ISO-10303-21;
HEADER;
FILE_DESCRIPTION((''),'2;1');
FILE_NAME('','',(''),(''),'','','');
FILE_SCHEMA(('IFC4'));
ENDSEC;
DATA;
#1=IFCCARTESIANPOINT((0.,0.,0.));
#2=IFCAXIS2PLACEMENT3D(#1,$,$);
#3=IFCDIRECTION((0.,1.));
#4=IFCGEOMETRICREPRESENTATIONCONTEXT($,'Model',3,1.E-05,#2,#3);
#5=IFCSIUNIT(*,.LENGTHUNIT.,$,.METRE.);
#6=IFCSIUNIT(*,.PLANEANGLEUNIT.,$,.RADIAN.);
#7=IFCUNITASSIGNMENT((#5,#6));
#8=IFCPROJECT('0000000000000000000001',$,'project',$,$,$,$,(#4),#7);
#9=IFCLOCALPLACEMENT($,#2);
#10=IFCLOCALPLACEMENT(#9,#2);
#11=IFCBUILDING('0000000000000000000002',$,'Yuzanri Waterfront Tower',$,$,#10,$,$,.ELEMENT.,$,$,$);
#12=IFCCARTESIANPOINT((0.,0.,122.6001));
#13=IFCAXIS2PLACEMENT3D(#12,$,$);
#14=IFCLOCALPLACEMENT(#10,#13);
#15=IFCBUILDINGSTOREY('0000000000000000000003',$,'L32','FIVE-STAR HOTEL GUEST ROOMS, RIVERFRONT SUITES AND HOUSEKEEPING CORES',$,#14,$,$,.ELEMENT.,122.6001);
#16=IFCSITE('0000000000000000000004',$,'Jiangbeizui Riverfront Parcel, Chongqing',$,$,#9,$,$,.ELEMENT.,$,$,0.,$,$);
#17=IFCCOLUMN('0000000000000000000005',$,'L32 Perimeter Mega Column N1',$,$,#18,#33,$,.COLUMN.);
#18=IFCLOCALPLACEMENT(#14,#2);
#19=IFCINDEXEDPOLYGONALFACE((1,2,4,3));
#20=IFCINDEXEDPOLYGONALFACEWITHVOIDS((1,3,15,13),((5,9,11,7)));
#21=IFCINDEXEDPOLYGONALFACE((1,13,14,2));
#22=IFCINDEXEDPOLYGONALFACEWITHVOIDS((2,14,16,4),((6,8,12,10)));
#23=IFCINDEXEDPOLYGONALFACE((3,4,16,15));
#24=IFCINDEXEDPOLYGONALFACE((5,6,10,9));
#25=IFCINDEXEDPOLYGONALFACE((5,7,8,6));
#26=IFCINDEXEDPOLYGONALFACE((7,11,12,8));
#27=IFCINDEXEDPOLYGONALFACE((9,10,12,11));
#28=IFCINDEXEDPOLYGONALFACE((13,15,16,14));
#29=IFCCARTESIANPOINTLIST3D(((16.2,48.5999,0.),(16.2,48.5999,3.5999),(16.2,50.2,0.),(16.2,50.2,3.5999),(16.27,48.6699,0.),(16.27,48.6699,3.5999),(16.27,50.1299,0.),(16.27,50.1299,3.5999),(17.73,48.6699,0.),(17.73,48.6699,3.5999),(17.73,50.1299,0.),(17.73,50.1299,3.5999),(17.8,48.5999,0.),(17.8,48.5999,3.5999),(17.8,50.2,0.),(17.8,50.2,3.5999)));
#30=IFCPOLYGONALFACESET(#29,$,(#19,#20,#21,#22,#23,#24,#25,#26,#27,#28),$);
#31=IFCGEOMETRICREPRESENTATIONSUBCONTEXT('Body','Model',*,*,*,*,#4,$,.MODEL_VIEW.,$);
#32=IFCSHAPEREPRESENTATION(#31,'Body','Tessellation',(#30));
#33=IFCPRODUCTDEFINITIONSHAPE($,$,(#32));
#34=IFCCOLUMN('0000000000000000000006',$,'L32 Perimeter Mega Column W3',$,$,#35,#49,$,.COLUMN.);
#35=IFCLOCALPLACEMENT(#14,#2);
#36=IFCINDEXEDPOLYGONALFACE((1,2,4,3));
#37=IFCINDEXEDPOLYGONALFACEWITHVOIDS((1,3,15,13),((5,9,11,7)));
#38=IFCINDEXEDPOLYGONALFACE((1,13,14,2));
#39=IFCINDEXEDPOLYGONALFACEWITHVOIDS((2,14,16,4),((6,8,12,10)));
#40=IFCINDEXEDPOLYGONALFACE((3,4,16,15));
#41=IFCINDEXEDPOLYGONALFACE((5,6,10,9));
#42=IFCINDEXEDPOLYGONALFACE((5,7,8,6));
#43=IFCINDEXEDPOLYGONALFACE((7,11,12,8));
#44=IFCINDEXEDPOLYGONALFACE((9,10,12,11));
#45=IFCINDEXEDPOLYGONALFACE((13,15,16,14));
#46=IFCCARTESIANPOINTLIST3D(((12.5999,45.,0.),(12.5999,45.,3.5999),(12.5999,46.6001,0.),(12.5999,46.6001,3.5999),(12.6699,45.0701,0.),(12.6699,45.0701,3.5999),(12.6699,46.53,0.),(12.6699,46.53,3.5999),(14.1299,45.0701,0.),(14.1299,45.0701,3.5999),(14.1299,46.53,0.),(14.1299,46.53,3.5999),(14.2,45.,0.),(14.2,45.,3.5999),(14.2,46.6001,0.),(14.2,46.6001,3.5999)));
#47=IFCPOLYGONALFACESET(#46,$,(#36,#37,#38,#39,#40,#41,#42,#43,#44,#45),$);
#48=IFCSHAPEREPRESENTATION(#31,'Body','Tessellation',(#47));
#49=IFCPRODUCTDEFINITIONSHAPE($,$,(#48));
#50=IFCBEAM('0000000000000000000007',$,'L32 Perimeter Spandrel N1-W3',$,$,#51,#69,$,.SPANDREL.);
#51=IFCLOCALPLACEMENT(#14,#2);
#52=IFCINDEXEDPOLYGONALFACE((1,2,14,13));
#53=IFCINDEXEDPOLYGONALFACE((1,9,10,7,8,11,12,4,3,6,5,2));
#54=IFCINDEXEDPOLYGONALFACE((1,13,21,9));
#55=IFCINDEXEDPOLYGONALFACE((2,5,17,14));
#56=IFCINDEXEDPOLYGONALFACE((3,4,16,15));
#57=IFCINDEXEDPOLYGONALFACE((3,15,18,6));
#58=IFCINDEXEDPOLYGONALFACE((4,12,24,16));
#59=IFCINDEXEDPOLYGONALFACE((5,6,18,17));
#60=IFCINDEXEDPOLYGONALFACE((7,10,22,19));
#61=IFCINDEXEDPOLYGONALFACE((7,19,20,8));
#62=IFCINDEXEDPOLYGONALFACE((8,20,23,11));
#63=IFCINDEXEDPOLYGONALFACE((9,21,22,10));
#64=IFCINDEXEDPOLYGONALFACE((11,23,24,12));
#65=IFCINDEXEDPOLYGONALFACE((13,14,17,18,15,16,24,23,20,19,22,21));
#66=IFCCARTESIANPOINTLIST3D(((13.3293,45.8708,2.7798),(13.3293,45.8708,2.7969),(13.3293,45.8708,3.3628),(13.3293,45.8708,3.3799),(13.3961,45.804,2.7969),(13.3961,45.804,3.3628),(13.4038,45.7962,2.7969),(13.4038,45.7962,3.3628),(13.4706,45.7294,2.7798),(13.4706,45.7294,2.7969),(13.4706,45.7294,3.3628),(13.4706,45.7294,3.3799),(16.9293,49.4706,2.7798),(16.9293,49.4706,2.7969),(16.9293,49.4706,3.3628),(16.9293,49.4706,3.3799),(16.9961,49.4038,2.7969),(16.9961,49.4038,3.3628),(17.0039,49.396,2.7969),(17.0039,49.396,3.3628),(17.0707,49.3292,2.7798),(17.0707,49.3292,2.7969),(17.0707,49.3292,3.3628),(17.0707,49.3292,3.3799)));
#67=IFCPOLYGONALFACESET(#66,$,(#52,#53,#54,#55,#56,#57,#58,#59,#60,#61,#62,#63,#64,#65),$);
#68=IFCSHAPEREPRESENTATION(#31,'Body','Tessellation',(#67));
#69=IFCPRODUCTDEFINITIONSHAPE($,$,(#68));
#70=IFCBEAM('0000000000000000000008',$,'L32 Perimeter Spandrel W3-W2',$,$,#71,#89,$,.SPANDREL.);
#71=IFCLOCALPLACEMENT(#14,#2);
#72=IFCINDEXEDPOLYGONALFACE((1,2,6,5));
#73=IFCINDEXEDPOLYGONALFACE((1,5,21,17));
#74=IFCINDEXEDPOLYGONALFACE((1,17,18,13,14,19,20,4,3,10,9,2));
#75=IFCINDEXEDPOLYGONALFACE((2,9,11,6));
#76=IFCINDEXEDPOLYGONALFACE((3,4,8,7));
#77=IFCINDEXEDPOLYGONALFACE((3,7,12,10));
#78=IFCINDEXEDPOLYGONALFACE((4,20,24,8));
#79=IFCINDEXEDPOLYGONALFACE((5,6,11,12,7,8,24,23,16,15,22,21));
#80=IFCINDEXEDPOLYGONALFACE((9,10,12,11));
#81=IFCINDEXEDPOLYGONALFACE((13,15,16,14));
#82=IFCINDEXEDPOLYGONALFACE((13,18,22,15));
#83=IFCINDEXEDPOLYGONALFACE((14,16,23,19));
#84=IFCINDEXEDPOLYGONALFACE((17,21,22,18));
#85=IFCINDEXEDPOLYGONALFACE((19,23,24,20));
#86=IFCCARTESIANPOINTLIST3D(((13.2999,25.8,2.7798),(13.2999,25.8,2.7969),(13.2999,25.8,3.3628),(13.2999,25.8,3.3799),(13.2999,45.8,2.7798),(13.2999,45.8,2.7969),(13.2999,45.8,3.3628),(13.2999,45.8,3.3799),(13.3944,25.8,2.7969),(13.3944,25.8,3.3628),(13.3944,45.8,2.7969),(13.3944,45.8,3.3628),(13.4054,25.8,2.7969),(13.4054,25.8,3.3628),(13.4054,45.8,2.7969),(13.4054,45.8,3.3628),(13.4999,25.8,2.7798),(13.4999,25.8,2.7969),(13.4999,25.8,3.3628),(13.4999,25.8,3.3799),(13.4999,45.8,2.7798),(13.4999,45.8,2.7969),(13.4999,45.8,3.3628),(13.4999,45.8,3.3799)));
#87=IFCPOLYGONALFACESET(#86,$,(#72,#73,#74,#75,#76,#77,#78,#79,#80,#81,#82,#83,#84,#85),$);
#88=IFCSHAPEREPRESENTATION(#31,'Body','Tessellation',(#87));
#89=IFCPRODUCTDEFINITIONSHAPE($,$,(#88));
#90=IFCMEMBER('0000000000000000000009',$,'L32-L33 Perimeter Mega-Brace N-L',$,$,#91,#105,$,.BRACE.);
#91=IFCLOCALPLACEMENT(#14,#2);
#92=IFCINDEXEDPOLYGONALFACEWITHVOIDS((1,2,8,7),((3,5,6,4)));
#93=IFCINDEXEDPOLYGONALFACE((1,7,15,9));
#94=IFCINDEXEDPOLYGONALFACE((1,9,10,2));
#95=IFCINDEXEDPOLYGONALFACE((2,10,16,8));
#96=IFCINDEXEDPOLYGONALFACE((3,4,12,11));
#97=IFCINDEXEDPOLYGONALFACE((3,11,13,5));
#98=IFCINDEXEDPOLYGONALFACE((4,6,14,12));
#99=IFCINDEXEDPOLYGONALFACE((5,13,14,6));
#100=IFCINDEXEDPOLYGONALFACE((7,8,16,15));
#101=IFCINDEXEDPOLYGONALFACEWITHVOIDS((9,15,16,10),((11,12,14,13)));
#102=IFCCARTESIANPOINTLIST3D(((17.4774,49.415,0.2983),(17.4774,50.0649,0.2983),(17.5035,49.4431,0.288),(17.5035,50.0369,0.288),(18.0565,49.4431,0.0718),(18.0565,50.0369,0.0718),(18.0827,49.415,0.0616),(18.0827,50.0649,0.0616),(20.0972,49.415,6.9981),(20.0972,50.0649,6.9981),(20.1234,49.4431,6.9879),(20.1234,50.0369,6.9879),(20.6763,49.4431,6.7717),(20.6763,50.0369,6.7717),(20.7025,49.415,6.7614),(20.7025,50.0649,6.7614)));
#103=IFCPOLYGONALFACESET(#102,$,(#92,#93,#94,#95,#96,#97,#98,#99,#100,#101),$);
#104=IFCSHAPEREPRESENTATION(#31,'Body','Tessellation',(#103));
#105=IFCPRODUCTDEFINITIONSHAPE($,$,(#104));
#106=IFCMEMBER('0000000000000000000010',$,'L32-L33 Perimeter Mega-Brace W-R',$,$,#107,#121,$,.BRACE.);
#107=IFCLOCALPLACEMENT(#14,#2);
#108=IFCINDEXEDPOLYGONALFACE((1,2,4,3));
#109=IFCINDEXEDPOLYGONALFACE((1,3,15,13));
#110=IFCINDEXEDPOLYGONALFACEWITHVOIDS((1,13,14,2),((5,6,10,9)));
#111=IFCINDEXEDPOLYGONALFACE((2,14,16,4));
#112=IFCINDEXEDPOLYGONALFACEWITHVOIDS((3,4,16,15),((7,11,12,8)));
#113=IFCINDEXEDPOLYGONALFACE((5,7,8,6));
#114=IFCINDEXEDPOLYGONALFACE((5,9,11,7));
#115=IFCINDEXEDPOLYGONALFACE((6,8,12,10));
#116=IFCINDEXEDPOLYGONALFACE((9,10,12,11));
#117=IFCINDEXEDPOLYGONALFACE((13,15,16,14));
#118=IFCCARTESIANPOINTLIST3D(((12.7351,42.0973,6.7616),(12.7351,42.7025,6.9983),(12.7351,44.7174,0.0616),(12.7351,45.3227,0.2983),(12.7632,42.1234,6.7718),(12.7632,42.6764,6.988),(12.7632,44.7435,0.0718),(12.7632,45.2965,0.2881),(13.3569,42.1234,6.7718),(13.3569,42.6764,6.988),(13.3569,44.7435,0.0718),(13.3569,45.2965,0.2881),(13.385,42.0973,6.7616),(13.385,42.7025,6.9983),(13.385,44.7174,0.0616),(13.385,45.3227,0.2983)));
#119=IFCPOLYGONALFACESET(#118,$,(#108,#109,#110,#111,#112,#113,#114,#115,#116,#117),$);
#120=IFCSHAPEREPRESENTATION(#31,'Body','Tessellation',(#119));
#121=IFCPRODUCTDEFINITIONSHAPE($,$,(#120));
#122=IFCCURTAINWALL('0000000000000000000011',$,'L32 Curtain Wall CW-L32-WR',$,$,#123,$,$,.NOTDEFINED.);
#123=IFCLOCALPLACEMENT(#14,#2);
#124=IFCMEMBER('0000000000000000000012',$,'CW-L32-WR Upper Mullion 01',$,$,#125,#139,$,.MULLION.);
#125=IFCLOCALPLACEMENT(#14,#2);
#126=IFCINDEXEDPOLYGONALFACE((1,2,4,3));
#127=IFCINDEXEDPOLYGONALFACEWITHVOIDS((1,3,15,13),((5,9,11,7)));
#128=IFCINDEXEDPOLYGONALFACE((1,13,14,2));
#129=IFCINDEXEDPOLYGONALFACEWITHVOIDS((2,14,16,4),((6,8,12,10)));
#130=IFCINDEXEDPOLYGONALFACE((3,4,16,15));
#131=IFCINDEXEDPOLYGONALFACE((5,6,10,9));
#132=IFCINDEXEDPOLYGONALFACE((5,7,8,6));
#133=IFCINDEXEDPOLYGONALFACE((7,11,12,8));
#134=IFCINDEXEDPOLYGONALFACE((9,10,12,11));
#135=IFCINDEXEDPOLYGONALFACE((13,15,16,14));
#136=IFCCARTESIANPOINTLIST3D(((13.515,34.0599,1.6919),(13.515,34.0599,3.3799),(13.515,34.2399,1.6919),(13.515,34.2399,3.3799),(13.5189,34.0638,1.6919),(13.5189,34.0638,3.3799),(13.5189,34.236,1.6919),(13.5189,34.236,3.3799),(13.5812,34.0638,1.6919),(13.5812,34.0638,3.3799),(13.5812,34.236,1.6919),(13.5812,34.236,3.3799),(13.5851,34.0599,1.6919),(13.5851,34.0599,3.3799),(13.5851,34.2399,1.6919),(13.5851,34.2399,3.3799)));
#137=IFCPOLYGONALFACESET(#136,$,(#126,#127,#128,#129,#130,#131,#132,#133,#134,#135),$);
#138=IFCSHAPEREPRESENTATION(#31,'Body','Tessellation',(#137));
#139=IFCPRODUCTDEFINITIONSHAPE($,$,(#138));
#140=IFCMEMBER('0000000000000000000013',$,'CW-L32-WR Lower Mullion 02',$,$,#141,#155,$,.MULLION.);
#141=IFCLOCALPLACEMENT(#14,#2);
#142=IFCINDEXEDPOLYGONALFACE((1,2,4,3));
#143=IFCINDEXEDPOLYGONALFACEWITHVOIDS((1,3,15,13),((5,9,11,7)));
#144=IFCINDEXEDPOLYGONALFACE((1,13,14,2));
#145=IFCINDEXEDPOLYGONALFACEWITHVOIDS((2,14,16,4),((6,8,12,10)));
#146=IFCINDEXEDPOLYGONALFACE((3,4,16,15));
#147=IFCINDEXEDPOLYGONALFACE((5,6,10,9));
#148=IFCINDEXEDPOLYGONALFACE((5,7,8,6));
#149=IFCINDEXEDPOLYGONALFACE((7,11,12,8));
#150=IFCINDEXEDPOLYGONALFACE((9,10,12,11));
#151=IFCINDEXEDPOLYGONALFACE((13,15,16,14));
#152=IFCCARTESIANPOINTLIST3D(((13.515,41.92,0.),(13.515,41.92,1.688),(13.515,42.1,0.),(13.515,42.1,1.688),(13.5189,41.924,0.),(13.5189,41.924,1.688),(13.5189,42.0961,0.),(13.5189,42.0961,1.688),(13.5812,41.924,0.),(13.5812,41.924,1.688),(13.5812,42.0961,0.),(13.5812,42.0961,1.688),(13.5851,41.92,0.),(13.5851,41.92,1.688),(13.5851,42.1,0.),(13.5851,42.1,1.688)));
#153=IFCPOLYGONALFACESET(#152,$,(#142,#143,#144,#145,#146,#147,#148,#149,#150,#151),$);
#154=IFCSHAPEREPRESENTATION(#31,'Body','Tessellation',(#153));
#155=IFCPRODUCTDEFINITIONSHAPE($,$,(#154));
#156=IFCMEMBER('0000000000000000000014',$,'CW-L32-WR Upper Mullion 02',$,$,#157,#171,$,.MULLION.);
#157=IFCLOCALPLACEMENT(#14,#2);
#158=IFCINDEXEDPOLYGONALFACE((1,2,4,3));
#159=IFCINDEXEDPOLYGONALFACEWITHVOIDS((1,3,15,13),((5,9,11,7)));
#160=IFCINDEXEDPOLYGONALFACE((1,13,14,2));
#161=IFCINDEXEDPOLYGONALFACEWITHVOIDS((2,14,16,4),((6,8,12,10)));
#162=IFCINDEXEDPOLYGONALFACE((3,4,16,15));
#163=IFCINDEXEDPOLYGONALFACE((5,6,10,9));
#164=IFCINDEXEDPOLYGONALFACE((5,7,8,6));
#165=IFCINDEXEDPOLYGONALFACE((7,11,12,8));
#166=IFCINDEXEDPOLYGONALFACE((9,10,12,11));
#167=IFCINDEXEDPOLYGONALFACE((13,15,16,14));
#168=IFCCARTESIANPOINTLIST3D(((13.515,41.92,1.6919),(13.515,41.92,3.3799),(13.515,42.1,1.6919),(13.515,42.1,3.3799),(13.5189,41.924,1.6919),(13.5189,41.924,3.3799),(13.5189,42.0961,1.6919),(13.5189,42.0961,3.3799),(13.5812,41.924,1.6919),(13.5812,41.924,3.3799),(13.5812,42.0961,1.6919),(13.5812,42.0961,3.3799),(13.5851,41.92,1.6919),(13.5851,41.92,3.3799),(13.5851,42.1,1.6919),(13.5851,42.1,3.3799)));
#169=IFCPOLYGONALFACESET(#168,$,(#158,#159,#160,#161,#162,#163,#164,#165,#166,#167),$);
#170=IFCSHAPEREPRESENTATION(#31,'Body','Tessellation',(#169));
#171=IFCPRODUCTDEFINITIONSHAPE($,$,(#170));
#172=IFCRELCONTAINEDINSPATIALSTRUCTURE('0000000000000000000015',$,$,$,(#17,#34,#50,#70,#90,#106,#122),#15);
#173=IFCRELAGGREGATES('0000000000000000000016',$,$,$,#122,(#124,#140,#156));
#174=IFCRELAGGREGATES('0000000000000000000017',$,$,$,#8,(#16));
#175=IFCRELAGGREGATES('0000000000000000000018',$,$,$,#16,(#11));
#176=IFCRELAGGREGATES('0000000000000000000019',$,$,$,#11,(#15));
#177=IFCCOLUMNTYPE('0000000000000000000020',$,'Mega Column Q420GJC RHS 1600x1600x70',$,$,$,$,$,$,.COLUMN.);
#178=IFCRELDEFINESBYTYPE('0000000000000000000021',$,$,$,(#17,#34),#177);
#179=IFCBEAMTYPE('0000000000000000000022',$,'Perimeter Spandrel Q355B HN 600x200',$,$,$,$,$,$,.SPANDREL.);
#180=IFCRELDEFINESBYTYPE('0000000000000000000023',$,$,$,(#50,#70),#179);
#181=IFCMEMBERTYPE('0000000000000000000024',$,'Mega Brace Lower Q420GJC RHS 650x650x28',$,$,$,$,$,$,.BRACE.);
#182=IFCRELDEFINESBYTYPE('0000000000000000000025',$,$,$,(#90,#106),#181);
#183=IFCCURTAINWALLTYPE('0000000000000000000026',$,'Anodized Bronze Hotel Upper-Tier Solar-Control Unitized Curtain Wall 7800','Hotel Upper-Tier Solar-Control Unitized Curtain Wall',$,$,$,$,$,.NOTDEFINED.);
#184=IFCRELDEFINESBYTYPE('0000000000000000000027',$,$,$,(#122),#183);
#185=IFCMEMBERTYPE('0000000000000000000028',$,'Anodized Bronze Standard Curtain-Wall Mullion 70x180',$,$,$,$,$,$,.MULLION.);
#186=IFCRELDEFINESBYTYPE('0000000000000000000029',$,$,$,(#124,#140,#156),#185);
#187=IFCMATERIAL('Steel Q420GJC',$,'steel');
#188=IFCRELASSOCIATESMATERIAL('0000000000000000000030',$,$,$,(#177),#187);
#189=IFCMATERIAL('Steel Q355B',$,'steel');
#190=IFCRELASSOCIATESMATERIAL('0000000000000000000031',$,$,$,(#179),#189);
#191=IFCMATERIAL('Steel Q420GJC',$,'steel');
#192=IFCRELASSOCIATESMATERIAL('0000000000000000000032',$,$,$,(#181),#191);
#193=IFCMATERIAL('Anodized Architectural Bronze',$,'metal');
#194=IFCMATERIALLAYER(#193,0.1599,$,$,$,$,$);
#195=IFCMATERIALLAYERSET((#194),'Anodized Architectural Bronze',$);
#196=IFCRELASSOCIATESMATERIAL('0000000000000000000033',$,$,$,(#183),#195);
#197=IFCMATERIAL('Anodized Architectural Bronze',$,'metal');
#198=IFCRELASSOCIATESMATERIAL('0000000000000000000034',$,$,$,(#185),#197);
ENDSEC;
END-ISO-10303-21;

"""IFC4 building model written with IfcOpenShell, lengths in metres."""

from ifc_helpers import new_model, si_unit, direction, frame, origin, origin_2d, place, context, subcontext, project, spatial, hollow_rectangle, i_section, extrude, source, transform, mapped, material, layer, layer_set, material_profile, profile_set, type_object, element, aggregate, save


model = new_model("IFC4")

# Units and contexts
model_context = context("Model", 3, precision=1e-05, world=origin(), true_north=direction((0.0, 1.0)))
body_context = subcontext(model_context, "Body", "Model", "MODEL_VIEW")
ifc_project = project(units=[si_unit("LENGTHUNIT", "METRE"), si_unit("PLANEANGLEUNIT", "RADIAN")], contexts=[model_context])

# Site, building, storey
site_placement = place(None, origin())
site = spatial("IfcSite", under=ifc_project, at=site_placement, Name="Jiangbeizui Riverfront Parcel, Chongqing", CompositionType="ELEMENT", RefElevation=0.0)
building_placement = place(site_placement, origin())
building = spatial("IfcBuilding", under=site, at=building_placement, Name="Yuzanri Waterfront Tower", CompositionType="ELEMENT")
storey_placement = place(building_placement, frame((0.0, 0.0, 122.6001)))
storey = spatial("IfcBuildingStorey", under=building, at=storey_placement, Name="L32", Description="FIVE-STAR HOTEL GUEST ROOMS, RIVERFRONT SUITES AND HOUSEKEEPING CORES", CompositionType="ELEMENT", Elevation=122.6001)

# Columns
ifc_material_1 = material(Name="Steel Q420GJC", Category="steel")
ifc_material_profile_1 = material_profile(ifc_material_1, hollow_rectangle(XDim=1.6001, YDim=1.6001, WallThickness=0.0701, at=origin_2d()), Name="RHS 1600x1600x70")
ifc_profile_set_1 = profile_set([ifc_material_profile_1], Name="Steel Q420GJC")
column_type = type_object("IfcColumnType", Name="Mega Column Q420GJC RHS 1600x1600x70", PredefinedType="COLUMN", material=ifc_profile_set_1)
shared_shape_1 = source(origin(), body_context, "Body", "SweptSolid", [
    extrude(hollow_rectangle(XDim=1.6001, YDim=1.6001, WallThickness=0.0701, at=origin_2d()), origin(), (0.0, 0.0, 1.0), 3.5999),
])
for number, where, z_axis, x_axis, name in (
    (1, (17.0, 49.3999, 0.0), (0.0, 0.0, 1.0), (1.0, 0.0, 0.0), "L32 Perimeter Mega Column N1"),
    (2, (13.3999, 45.8, 0.0), (0.0, 0.0, 1.0), (1.0, 0.0, 0.0), "L32 Perimeter Mega Column W3"),
):
    element("IfcColumn", number, at=place(storey_placement, frame(where, z_axis=z_axis, x_axis=x_axis)), inside=storey, type_object=column_type, Name=name, PredefinedType="COLUMN", context=body_context, shape_type="MappedRepresentation", body=[
        mapped(shared_shape_1, transform((0.0, 0.0, 0.0), scale=1.0)),
    ])

# Beams
ifc_material_2 = material(Name="Steel Q355B", Category="steel")
ifc_material_profile_2 = material_profile(ifc_material_2, i_section(OverallWidth=0.2, OverallDepth=0.6001, WebThickness=0.011, FlangeThickness=0.0171, at=origin_2d()), Name="HN 600x200x11x17")
ifc_profile_set_2 = profile_set([ifc_material_profile_2], Name="Steel Q355B")
beam_type = type_object("IfcBeamType", Name="Perimeter Spandrel Q355B HN 600x200", PredefinedType="SPANDREL", material=ifc_profile_set_2)
shared_shape_2 = source(origin(), body_context, "Body", "SweptSolid", [
    extrude(i_section(OverallWidth=0.2, OverallDepth=0.6001, WebThickness=0.011, FlangeThickness=0.0171, at=origin_2d()), origin(), (0.0, 0.0, 1.0), 5.0911),
])
beam_1_placement = place(storey_placement, frame((17.0, 49.3999, 3.0798), z_axis=(-0.707131, -0.707083, 0.0), x_axis=(0.707083, -0.707131, 0.0)))
element("IfcBeam", 3, at=beam_1_placement, inside=storey, type_object=beam_type, Name="L32 Perimeter Spandrel N1-W3", PredefinedType="SPANDREL", context=body_context, shape_type="MappedRepresentation", body=[
    mapped(shared_shape_2, transform((0.0, 0.0, 0.0), scale=1.0)),
])
shared_shape_3 = source(origin(), body_context, "Body", "SweptSolid", [
    extrude(i_section(OverallWidth=0.2, OverallDepth=0.6001, WebThickness=0.011, FlangeThickness=0.0171, at=origin_2d()), origin(), (0.0, 0.0, 1.0), 20.0),
])
beam_2_placement = place(storey_placement, frame((13.3999, 45.8, 3.0798), z_axis=(0.0, -1.0, 0.0), x_axis=(1.0, 0.0, 0.0)))
element("IfcBeam", 4, at=beam_2_placement, inside=storey, type_object=beam_type, Name="L32 Perimeter Spandrel W3-W2", PredefinedType="SPANDREL", context=body_context, shape_type="MappedRepresentation", body=[
    mapped(shared_shape_3, transform((0.0, 0.0, 0.0), scale=1.0)),
])

# Members
ifc_material_3 = material(Name="Steel Q420GJC", Category="steel")
ifc_material_profile_3 = material_profile(ifc_material_3, hollow_rectangle(XDim=0.6499, YDim=0.6499, WallThickness=0.0281, at=origin_2d()), Name="RHS 650x650x28")
ifc_profile_set_3 = profile_set([ifc_material_profile_3], Name="Steel Q420GJC")
member_type_1 = type_object("IfcMemberType", Name="Mega Brace Lower Q420GJC RHS 650x650x28", PredefinedType="BRACE", material=ifc_profile_set_3)
shared_shape_4 = source(origin(), body_context, "Body", "SweptSolid", [
    extrude(hollow_rectangle(XDim=0.6499, YDim=0.6499, WallThickness=0.0281, at=origin_2d()), origin(), (0.0, 0.0, 1.0), 7.1938),
])
member_1_placement = place(storey_placement, frame((17.78, 49.74, 0.1799), z_axis=(0.364177, 0.0, 0.93133), x_axis=(0.0, 1.0, 0.0)))
element("IfcMember", 5, at=member_1_placement, inside=storey, type_object=member_type_1, Name="L32-L33 Perimeter Mega-Brace N-L", PredefinedType="BRACE", context=body_context, shape_type="MappedRepresentation", body=[
    mapped(shared_shape_4, transform((0.0, 0.0, 0.0), scale=1.0)),
])
shared_shape_5 = source(origin(), body_context, "Body", "SweptSolid", [
    extrude(hollow_rectangle(XDim=0.6499, YDim=0.6499, WallThickness=0.0281, at=origin_2d()), origin(), (0.0, 0.0, 1.0), 7.1941),
])
member_2_placement = place(storey_placement, frame((13.0601, 45.02, 0.1799), z_axis=(0.0, -0.364206, 0.931318), x_axis=(1.0, 0.0, 0.0)))
element("IfcMember", 6, at=member_2_placement, inside=storey, type_object=member_type_1, Name="L32-L33 Perimeter Mega-Brace W-R", PredefinedType="BRACE", context=body_context, shape_type="MappedRepresentation", body=[
    mapped(shared_shape_5, transform((0.0, 0.0, 0.0), scale=1.0)),
])

# Curtain wall, members
ifc_material_4 = material(Name="Anodized Architectural Bronze", Category="metal")
ifc_layer_1 = layer(ifc_material_4, 0.1599)
ifc_layer_set_1 = layer_set([ifc_layer_1], Name="Anodized Architectural Bronze")
curtain_wall_type = type_object("IfcCurtainWallType", Name="Anodized Bronze Hotel Upper-Tier Solar-Control Unitized Curtain Wall 7800", Description="Hotel Upper-Tier Solar-Control Unitized Curtain Wall", PredefinedType="NOTDEFINED", material=ifc_layer_set_1)
curtain_wall_placement = place(storey_placement, origin())
curtain_wall = element("IfcCurtainWall", 7, at=curtain_wall_placement, inside=storey, type_object=curtain_wall_type, Name="L32 Curtain Wall CW-L32-WR", PredefinedType="NOTDEFINED")
ifc_material_5 = material(Name="Anodized Architectural Bronze", Category="metal")
ifc_material_profile_4 = material_profile(ifc_material_5, hollow_rectangle(XDim=0.0701, YDim=0.1799, WallThickness=0.0039, at=origin_2d()), Name="CWM 70x180")
ifc_profile_set_4 = profile_set([ifc_material_profile_4], Name="Anodized Architectural Bronze")
member_type_2 = type_object("IfcMemberType", Name="Anodized Bronze Standard Curtain-Wall Mullion 70x180", PredefinedType="MULLION", material=ifc_profile_set_4)
shared_shape_6 = source(origin(), body_context, "Body", "SweptSolid", [
    extrude(hollow_rectangle(XDim=0.0701, YDim=0.1799, WallThickness=0.0039, at=origin_2d()), origin(), (0.0, 0.0, 1.0), 1.688),
])
member_3_placement = place(storey_placement, frame((13.55, 34.1499, 1.6919), z_axis=(0.0, 0.0, 1.0), x_axis=(1.0, 0.0, 0.0)))
member_3 = element("IfcMember", 8, at=member_3_placement, type_object=member_type_2, Name="CW-L32-WR Upper Mullion 01", PredefinedType="MULLION", context=body_context, shape_type="MappedRepresentation", body=[
    mapped(shared_shape_6, transform((0.0, 0.0, 0.0), scale=1.0)),
])
member_4_placement = place(storey_placement, frame((13.55, 42.01, 0.0), z_axis=(0.0, 0.0, 1.0), x_axis=(1.0, 0.0, 0.0)))
member_4 = element("IfcMember", 9, at=member_4_placement, type_object=member_type_2, Name="CW-L32-WR Lower Mullion 02", PredefinedType="MULLION", context=body_context, shape_type="MappedRepresentation", body=[
    mapped(shared_shape_6, transform((0.0, 0.0, 0.0), scale=1.0)),
])
member_5_placement = place(storey_placement, frame((13.55, 42.01, 1.6919), z_axis=(0.0, 0.0, 1.0), x_axis=(1.0, 0.0, 0.0)))
member_5 = element("IfcMember", 10, at=member_5_placement, type_object=member_type_2, Name="CW-L32-WR Upper Mullion 02", PredefinedType="MULLION", context=body_context, shape_type="MappedRepresentation", body=[
    mapped(shared_shape_6, transform((0.0, 0.0, 0.0), scale=1.0)),
])

aggregate(curtain_wall, [member_3, member_4, member_5])

save(model, "model.ifc")
